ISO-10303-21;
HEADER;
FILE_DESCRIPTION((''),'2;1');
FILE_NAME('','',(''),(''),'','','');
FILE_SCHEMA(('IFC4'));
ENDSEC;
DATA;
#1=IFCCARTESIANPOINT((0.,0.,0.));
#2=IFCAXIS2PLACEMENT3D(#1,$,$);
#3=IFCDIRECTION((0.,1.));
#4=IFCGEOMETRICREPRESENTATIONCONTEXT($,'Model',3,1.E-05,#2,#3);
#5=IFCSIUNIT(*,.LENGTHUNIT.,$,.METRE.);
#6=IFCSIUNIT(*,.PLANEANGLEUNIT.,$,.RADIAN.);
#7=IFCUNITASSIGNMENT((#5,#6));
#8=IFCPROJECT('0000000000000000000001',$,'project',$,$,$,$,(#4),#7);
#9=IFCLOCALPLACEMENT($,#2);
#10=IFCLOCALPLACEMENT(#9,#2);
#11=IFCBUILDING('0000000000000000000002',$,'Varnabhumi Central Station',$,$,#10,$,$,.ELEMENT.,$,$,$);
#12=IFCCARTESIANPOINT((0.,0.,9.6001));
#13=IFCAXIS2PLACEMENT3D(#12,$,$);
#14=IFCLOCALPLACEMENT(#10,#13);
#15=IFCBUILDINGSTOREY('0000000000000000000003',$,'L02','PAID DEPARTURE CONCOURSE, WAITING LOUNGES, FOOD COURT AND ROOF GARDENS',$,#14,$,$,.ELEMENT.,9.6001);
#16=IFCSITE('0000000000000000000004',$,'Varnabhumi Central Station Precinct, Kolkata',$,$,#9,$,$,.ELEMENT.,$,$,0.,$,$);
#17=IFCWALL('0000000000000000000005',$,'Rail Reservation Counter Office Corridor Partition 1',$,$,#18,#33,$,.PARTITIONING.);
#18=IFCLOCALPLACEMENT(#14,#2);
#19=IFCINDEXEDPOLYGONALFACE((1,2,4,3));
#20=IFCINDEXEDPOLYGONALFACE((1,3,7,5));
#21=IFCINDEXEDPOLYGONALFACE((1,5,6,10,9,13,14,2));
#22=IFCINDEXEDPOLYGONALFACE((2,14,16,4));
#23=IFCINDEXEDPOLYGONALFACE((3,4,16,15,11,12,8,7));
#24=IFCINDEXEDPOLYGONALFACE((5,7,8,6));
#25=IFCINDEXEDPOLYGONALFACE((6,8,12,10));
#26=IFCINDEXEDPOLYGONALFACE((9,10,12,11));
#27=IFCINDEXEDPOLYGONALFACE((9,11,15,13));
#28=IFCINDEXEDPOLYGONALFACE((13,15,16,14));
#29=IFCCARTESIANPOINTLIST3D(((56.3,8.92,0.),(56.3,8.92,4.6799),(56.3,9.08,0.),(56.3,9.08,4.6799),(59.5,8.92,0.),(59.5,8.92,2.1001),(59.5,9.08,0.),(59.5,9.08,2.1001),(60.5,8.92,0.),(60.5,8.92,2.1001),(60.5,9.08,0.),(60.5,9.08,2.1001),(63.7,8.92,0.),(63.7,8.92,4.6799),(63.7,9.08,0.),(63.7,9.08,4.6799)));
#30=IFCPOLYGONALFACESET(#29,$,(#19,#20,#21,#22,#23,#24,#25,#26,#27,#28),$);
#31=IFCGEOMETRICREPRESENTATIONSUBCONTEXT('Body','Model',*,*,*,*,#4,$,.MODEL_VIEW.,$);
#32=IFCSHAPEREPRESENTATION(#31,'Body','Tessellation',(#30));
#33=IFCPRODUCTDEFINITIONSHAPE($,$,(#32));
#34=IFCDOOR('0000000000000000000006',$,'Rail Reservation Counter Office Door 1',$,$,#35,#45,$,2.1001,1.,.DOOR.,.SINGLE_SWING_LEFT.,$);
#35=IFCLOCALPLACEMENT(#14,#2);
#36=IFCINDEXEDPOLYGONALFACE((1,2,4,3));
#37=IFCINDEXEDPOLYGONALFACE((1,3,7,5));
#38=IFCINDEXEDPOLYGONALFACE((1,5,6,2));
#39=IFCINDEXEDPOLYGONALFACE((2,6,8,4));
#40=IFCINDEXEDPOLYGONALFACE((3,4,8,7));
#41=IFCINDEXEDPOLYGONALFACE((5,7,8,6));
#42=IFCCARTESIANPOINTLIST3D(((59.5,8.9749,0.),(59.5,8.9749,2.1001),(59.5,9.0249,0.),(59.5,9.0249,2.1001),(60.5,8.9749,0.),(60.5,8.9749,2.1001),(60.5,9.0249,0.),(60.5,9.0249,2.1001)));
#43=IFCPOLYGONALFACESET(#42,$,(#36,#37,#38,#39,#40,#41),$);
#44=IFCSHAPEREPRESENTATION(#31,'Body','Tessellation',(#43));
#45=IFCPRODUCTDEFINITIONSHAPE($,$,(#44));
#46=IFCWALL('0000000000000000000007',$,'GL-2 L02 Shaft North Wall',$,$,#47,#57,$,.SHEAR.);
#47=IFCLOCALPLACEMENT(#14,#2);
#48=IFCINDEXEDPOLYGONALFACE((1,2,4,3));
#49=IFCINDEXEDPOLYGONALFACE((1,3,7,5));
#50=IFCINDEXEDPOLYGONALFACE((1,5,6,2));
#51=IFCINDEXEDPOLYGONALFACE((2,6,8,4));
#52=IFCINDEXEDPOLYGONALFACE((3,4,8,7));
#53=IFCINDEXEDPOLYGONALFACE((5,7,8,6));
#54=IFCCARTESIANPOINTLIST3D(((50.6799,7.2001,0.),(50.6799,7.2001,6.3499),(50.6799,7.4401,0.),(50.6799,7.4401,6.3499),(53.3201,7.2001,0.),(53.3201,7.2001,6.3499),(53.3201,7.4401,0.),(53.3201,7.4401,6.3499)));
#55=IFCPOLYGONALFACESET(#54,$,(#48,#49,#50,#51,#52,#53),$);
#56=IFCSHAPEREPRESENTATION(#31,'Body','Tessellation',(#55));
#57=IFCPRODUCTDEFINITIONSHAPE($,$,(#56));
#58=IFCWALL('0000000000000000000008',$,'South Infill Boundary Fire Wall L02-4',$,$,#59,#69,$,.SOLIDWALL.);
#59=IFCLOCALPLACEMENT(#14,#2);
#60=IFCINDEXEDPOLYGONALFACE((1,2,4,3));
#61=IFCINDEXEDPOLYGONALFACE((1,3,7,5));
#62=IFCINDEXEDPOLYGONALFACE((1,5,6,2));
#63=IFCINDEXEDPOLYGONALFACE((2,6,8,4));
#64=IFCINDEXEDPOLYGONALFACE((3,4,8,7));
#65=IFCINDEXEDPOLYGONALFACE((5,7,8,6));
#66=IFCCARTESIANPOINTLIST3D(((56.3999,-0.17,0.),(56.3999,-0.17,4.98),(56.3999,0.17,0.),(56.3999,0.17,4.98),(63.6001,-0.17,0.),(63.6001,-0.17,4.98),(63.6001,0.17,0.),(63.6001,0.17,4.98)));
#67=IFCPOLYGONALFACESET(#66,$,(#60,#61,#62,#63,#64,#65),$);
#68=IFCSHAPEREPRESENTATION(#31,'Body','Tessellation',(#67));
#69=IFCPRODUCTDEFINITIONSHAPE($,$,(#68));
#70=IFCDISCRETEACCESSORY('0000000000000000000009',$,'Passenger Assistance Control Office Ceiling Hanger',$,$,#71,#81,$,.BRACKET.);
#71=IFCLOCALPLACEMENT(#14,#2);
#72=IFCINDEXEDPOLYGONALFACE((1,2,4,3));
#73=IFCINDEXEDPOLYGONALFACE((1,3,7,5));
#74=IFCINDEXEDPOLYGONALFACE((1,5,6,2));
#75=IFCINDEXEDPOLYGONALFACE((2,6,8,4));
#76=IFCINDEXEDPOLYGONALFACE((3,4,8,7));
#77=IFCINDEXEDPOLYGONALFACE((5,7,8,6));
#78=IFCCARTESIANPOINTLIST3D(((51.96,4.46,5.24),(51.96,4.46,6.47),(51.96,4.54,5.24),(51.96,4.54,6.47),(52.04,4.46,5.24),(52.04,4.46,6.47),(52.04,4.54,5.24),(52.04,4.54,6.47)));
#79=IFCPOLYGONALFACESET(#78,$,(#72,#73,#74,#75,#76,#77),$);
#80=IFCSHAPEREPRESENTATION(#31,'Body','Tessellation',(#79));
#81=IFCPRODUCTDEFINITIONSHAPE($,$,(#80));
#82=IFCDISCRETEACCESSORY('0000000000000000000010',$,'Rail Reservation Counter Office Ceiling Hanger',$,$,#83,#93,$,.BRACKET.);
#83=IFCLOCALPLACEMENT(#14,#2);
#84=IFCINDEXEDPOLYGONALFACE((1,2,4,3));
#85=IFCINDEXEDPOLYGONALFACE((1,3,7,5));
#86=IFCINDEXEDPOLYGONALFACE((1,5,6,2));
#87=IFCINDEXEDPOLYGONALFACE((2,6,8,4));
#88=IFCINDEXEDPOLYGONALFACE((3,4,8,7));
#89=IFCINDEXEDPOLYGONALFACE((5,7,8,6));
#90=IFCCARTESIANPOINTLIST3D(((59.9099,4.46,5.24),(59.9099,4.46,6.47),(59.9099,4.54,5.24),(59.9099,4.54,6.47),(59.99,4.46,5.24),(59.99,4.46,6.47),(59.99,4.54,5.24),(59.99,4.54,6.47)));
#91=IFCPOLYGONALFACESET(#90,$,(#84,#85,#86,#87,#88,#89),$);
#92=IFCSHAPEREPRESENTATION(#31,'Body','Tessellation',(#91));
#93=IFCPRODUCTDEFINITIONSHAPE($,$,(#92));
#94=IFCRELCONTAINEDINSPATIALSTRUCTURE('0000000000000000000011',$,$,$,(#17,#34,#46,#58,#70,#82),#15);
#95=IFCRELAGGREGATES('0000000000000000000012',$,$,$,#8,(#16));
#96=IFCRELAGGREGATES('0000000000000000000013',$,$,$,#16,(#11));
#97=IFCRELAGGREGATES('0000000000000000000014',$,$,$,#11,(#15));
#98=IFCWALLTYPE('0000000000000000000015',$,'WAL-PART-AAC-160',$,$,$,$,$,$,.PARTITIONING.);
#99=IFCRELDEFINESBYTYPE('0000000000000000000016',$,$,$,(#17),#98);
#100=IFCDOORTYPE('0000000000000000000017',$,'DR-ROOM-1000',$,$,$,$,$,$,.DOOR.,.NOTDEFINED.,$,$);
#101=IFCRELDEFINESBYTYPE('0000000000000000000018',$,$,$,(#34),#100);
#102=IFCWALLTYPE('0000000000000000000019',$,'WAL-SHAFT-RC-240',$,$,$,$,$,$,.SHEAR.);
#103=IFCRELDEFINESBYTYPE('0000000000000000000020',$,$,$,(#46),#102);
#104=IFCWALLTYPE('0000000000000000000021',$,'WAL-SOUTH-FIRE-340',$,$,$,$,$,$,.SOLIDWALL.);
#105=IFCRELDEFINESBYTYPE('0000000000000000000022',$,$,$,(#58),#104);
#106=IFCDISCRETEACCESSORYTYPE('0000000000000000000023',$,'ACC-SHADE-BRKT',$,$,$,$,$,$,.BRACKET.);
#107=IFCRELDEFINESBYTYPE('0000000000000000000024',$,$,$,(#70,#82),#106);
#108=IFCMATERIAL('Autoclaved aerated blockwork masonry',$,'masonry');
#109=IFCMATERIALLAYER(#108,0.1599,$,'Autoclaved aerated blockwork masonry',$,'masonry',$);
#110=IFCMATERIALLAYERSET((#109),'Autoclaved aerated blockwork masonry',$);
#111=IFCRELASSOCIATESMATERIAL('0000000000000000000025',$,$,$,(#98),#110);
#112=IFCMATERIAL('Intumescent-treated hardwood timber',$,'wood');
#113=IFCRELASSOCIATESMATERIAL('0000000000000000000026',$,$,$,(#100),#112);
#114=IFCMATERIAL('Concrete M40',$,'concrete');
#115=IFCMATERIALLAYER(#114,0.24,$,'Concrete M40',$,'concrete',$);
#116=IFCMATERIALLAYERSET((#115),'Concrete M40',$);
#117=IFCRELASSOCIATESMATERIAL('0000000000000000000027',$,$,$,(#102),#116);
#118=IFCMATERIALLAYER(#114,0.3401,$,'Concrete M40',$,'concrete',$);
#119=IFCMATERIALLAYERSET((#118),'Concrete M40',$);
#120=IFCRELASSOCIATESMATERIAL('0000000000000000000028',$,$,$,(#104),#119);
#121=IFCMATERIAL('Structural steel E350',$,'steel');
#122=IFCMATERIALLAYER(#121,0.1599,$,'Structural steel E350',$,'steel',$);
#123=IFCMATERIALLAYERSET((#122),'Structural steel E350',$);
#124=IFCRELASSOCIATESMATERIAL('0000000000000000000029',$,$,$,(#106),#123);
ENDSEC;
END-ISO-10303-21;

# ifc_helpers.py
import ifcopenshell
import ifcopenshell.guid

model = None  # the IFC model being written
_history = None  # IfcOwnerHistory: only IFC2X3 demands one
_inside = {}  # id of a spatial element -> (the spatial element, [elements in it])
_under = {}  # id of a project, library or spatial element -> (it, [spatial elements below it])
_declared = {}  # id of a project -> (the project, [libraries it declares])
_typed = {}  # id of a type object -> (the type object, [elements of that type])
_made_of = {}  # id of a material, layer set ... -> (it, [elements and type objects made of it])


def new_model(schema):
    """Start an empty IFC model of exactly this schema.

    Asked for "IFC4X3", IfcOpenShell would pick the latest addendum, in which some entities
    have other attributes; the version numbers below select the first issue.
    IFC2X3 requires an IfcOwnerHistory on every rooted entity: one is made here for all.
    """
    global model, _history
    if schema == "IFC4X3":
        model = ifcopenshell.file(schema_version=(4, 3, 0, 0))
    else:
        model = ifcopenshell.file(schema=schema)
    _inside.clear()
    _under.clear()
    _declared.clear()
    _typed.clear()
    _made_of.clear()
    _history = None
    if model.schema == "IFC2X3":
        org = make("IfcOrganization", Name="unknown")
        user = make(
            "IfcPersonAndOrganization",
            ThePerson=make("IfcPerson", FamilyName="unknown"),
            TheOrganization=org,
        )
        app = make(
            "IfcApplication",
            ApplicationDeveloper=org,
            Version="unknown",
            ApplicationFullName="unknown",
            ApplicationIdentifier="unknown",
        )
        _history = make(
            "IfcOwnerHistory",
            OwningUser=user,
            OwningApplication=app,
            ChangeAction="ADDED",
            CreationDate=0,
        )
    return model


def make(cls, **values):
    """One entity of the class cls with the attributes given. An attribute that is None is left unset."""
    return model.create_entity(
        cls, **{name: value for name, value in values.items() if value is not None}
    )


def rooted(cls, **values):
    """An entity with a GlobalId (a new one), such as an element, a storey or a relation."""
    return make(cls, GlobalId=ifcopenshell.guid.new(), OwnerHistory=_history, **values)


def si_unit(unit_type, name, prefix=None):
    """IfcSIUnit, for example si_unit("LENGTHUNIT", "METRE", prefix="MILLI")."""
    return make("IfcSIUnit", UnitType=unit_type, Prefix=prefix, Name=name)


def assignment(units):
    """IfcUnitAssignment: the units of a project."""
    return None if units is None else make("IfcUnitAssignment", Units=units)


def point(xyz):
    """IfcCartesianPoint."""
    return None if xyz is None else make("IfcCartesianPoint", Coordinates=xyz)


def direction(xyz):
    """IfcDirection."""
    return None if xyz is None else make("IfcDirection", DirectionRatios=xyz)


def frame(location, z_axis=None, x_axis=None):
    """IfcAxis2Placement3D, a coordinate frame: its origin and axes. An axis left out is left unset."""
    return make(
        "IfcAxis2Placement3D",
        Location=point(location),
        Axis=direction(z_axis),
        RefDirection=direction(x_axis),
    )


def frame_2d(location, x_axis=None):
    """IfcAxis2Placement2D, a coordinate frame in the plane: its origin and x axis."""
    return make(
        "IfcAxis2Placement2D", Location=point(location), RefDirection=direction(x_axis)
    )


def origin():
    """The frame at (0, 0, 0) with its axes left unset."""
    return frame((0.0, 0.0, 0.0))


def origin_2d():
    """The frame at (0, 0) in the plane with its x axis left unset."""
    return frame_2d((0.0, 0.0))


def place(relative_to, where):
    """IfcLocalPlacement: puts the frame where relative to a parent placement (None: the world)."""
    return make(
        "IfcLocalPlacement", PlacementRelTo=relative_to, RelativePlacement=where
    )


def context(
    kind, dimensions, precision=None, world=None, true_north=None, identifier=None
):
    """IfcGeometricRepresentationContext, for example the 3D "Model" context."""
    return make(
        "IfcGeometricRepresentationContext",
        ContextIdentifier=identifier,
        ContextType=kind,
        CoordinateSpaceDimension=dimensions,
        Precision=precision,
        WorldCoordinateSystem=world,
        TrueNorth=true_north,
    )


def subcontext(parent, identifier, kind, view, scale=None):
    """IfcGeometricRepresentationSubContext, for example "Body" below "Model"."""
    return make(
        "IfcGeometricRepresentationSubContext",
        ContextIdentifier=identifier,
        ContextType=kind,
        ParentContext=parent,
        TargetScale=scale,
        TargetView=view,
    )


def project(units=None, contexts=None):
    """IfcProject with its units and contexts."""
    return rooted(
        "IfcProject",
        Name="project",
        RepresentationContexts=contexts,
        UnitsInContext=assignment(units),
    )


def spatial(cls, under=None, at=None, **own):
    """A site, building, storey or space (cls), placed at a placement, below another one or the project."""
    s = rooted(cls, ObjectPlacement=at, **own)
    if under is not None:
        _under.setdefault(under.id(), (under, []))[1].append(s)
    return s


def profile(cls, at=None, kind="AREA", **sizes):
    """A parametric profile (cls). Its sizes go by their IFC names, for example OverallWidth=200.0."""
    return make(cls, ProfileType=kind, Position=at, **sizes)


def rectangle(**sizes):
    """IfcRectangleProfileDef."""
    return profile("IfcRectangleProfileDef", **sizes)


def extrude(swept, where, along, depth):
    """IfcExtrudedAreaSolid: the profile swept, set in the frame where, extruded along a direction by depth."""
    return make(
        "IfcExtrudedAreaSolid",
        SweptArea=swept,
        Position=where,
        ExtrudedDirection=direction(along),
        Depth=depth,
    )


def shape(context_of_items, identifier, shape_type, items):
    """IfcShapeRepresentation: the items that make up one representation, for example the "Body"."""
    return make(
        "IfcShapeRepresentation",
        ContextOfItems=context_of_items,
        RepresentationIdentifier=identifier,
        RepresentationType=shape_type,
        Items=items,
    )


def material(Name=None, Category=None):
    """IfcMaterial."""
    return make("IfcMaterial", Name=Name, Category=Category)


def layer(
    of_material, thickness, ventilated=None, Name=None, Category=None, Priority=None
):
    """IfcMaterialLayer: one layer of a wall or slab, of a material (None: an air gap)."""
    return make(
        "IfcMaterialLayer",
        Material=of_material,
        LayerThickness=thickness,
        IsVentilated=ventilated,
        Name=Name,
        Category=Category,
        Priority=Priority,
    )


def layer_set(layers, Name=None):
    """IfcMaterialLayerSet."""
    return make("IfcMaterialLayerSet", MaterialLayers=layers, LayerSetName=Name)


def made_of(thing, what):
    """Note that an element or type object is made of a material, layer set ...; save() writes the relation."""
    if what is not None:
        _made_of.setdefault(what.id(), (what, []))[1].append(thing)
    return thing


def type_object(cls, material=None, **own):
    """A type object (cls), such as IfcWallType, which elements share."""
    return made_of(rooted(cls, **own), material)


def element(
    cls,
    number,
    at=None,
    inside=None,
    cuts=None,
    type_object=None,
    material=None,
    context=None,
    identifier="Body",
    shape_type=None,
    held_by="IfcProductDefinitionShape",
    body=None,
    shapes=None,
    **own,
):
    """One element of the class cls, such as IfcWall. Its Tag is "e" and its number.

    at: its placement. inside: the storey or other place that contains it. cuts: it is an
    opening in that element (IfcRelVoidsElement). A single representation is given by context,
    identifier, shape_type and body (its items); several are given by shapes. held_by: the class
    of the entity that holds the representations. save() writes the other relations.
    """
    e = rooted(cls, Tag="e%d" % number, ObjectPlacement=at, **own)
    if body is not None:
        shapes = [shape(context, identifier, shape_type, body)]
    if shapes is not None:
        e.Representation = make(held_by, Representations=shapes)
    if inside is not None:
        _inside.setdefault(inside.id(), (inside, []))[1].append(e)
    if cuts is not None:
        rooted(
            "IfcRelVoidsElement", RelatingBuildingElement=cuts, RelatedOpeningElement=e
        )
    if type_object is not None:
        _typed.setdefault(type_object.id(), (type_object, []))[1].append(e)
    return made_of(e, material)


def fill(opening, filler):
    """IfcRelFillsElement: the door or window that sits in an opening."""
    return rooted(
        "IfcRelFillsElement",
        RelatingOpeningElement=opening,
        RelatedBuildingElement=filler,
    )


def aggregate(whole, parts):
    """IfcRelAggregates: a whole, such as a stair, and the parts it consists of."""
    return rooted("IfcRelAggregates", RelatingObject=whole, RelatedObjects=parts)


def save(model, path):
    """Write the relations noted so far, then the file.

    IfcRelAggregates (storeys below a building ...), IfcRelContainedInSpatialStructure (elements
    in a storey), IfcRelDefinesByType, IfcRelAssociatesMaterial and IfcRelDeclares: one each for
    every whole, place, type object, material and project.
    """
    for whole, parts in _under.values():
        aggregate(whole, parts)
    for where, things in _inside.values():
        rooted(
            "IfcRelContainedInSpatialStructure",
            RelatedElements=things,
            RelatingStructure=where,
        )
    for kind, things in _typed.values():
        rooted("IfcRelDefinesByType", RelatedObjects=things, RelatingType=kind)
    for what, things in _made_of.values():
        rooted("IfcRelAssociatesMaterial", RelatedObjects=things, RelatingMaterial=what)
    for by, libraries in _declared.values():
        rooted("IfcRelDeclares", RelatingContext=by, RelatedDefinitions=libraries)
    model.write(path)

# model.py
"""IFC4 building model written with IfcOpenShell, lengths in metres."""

from ifc_helpers import new_model, si_unit, direction, frame, frame_2d, origin, origin_2d, place, context, subcontext, project, spatial, rectangle, extrude, material, layer, layer_set, type_object, element, fill, save


model = new_model("IFC4")

# Units and contexts
model_context = context("Model", 3, precision=1e-05, world=origin(), true_north=direction((0.0, 1.0)))
body_context = subcontext(model_context, "Body", "Model", "MODEL_VIEW")
ifc_project = project(units=[si_unit("LENGTHUNIT", "METRE"), si_unit("PLANEANGLEUNIT", "RADIAN")], contexts=[model_context])

# Site, building, storey
site_placement = place(None, origin())
site = spatial("IfcSite", under=ifc_project, at=site_placement, Name="Varnabhumi Central Station Precinct, Kolkata", CompositionType="ELEMENT", RefElevation=0.0)
building_placement = place(site_placement, origin())
building = spatial("IfcBuilding", under=site, at=building_placement, Name="Varnabhumi Central Station", CompositionType="ELEMENT")
storey_placement = place(building_placement, frame((0.0, 0.0, 9.6001)))
storey = spatial("IfcBuildingStorey", under=building, at=storey_placement, Name="L02", Description="PAID DEPARTURE CONCOURSE, WAITING LOUNGES, FOOD COURT AND ROOF GARDENS", CompositionType="ELEMENT", Elevation=9.6001)

# Shared definitions
ifc_material_1 = material(Name="Concrete M40", Category="concrete")

# Shared definitions
ifc_material_2 = material(Name="Structural steel E350", Category="steel")

# Shared definitions
ifc_material_3 = material(Name="Autoclaved aerated blockwork masonry", Category="masonry")
ifc_layer_1 = layer(ifc_material_3, 0.1599, Name="Autoclaved aerated blockwork masonry", Category="masonry")
ifc_layer_set_1 = layer_set([ifc_layer_1], Name="Autoclaved aerated blockwork masonry")
wall_type_1 = type_object("IfcWallType", Name="WAL-PART-AAC-160", PredefinedType="PARTITIONING", material=ifc_layer_set_1)

# Wall, opening, door
wall_1_placement = place(storey_placement, frame((56.3, 9.0, 0.0), z_axis=(0.0, 0.0, 1.0), x_axis=(1.0, 0.0, 0.0)))
wall_1 = element("IfcWall", 1, at=wall_1_placement, inside=storey, type_object=wall_type_1, Name="Rail Reservation Counter Office Corridor Partition 1", PredefinedType="PARTITIONING", context=body_context, shape_type="SweptSolid", body=[
    extrude(rectangle(XDim=7.3999, YDim=0.1599, at=frame_2d((3.7, 0.0))), origin(), (0.0, 0.0, 1.0), 4.6799),
])
opening_1_placement = place(wall_1_placement, frame((3.2, 0.0, 0.0)))
opening_1 = element("IfcOpeningElement", 2, at=opening_1_placement, cuts=wall_1, PredefinedType="OPENING", context=body_context, shape_type="SweptSolid", body=[
    extrude(rectangle(XDim=1.0, YDim=2.1001, at=frame_2d((0.5, 1.05))), frame((0.0, 0.0898, 0.0), z_axis=(0.0, -1.0, 0.0), x_axis=(1.0, 0.0, 0.0)), (0.0, 0.0, 1.0), 0.1799),
])
ifc_material_4 = material(Name="Intumescent-treated hardwood timber", Category="wood")
door_type_1 = type_object("IfcDoorType", Name="DR-ROOM-1000", OperationType="NOTDEFINED", PredefinedType="DOOR", material=ifc_material_4)
door_1_placement = place(opening_1_placement, origin())
door_1 = element("IfcDoor", 3, at=door_1_placement, inside=storey, type_object=door_type_1, Name="Rail Reservation Counter Office Door 1", OperationType="SINGLE_SWING_LEFT", OverallHeight=2.1001, OverallWidth=1.0, PredefinedType="DOOR", context=body_context, shape_type="SweptSolid", body=[
    extrude(rectangle(XDim=1.0, YDim=2.1001, at=frame_2d((0.5, 1.05))), frame((0.0, 0.0249, 0.0), z_axis=(0.0, -1.0, 0.0), x_axis=(1.0, 0.0, 0.0)), (0.0, 0.0, 1.0), 0.05),
])
fill(opening_1, door_1)

# Wall
ifc_layer_2 = layer(ifc_material_1, 0.24, Name="Concrete M40", Category="concrete")
ifc_layer_set_2 = layer_set([ifc_layer_2], Name="Concrete M40")
wall_type_2 = type_object("IfcWallType", Name="WAL-SHAFT-RC-240", PredefinedType="SHEAR", material=ifc_layer_set_2)
wall_2_placement = place(storey_placement, frame((50.6799, 7.3201, 0.0), z_axis=(0.0, 0.0, 1.0), x_axis=(1.0, 0.0, 0.0)))
element("IfcWall", 4, at=wall_2_placement, inside=storey, type_object=wall_type_2, Name="GL-2 L02 Shaft North Wall", PredefinedType="SHEAR", context=body_context, shape_type="SweptSolid", body=[
    extrude(rectangle(XDim=2.6401, YDim=0.24, at=frame_2d((1.3201, 0.0))), origin(), (0.0, 0.0, 1.0), 6.3499),
])

# Wall
ifc_layer_3 = layer(ifc_material_1, 0.3401, Name="Concrete M40", Category="concrete")
ifc_layer_set_3 = layer_set([ifc_layer_3], Name="Concrete M40")
wall_type_3 = type_object("IfcWallType", Name="WAL-SOUTH-FIRE-340", PredefinedType="SOLIDWALL", material=ifc_layer_set_3)
wall_3_placement = place(storey_placement, frame((56.3999, 0.0, 0.0), z_axis=(0.0, 0.0, 1.0), x_axis=(1.0, 0.0, 0.0)))
element("IfcWall", 5, at=wall_3_placement, inside=storey, type_object=wall_type_3, Name="South Infill Boundary Fire Wall L02-4", PredefinedType="SOLIDWALL", context=body_context, shape_type="SweptSolid", body=[
    extrude(rectangle(XDim=7.2002, YDim=0.3401, at=frame_2d((3.6001, 0.0))), origin(), (0.0, 0.0, 1.0), 4.98),
])

# Discrete accessories
ifc_layer_4 = layer(ifc_material_2, 0.1599, Name="Structural steel E350", Category="steel")
ifc_layer_set_4 = layer_set([ifc_layer_4], Name="Structural steel E350")
discrete_accessory_type = type_object("IfcDiscreteAccessoryType", Name="ACC-SHADE-BRKT", PredefinedType="BRACKET", material=ifc_layer_set_4)
for number, where, z_axis, x_axis, name in (
    (6, (52.0, 4.5, 5.24), (0.0, 0.0, 1.0), (1.0, 0.0, 0.0), "Passenger Assistance Control Office Ceiling Hanger"),
    (7, (59.95, 4.5, 5.24), (0.0, 0.0, 1.0), (1.0, 0.0, 0.0), "Rail Reservation Counter Office Ceiling Hanger"),
):
    element("IfcDiscreteAccessory", number, at=place(storey_placement, frame(where, z_axis=z_axis, x_axis=x_axis)), inside=storey, type_object=discrete_accessory_type, Name=name, PredefinedType="BRACKET", context=body_context, shape_type="SweptSolid", body=[
        extrude(rectangle(XDim=0.0801, YDim=0.0801, at=origin_2d()), origin(), (0.0, 0.0, 1.0), 1.23),
    ])

save(model, "model.ifc")
